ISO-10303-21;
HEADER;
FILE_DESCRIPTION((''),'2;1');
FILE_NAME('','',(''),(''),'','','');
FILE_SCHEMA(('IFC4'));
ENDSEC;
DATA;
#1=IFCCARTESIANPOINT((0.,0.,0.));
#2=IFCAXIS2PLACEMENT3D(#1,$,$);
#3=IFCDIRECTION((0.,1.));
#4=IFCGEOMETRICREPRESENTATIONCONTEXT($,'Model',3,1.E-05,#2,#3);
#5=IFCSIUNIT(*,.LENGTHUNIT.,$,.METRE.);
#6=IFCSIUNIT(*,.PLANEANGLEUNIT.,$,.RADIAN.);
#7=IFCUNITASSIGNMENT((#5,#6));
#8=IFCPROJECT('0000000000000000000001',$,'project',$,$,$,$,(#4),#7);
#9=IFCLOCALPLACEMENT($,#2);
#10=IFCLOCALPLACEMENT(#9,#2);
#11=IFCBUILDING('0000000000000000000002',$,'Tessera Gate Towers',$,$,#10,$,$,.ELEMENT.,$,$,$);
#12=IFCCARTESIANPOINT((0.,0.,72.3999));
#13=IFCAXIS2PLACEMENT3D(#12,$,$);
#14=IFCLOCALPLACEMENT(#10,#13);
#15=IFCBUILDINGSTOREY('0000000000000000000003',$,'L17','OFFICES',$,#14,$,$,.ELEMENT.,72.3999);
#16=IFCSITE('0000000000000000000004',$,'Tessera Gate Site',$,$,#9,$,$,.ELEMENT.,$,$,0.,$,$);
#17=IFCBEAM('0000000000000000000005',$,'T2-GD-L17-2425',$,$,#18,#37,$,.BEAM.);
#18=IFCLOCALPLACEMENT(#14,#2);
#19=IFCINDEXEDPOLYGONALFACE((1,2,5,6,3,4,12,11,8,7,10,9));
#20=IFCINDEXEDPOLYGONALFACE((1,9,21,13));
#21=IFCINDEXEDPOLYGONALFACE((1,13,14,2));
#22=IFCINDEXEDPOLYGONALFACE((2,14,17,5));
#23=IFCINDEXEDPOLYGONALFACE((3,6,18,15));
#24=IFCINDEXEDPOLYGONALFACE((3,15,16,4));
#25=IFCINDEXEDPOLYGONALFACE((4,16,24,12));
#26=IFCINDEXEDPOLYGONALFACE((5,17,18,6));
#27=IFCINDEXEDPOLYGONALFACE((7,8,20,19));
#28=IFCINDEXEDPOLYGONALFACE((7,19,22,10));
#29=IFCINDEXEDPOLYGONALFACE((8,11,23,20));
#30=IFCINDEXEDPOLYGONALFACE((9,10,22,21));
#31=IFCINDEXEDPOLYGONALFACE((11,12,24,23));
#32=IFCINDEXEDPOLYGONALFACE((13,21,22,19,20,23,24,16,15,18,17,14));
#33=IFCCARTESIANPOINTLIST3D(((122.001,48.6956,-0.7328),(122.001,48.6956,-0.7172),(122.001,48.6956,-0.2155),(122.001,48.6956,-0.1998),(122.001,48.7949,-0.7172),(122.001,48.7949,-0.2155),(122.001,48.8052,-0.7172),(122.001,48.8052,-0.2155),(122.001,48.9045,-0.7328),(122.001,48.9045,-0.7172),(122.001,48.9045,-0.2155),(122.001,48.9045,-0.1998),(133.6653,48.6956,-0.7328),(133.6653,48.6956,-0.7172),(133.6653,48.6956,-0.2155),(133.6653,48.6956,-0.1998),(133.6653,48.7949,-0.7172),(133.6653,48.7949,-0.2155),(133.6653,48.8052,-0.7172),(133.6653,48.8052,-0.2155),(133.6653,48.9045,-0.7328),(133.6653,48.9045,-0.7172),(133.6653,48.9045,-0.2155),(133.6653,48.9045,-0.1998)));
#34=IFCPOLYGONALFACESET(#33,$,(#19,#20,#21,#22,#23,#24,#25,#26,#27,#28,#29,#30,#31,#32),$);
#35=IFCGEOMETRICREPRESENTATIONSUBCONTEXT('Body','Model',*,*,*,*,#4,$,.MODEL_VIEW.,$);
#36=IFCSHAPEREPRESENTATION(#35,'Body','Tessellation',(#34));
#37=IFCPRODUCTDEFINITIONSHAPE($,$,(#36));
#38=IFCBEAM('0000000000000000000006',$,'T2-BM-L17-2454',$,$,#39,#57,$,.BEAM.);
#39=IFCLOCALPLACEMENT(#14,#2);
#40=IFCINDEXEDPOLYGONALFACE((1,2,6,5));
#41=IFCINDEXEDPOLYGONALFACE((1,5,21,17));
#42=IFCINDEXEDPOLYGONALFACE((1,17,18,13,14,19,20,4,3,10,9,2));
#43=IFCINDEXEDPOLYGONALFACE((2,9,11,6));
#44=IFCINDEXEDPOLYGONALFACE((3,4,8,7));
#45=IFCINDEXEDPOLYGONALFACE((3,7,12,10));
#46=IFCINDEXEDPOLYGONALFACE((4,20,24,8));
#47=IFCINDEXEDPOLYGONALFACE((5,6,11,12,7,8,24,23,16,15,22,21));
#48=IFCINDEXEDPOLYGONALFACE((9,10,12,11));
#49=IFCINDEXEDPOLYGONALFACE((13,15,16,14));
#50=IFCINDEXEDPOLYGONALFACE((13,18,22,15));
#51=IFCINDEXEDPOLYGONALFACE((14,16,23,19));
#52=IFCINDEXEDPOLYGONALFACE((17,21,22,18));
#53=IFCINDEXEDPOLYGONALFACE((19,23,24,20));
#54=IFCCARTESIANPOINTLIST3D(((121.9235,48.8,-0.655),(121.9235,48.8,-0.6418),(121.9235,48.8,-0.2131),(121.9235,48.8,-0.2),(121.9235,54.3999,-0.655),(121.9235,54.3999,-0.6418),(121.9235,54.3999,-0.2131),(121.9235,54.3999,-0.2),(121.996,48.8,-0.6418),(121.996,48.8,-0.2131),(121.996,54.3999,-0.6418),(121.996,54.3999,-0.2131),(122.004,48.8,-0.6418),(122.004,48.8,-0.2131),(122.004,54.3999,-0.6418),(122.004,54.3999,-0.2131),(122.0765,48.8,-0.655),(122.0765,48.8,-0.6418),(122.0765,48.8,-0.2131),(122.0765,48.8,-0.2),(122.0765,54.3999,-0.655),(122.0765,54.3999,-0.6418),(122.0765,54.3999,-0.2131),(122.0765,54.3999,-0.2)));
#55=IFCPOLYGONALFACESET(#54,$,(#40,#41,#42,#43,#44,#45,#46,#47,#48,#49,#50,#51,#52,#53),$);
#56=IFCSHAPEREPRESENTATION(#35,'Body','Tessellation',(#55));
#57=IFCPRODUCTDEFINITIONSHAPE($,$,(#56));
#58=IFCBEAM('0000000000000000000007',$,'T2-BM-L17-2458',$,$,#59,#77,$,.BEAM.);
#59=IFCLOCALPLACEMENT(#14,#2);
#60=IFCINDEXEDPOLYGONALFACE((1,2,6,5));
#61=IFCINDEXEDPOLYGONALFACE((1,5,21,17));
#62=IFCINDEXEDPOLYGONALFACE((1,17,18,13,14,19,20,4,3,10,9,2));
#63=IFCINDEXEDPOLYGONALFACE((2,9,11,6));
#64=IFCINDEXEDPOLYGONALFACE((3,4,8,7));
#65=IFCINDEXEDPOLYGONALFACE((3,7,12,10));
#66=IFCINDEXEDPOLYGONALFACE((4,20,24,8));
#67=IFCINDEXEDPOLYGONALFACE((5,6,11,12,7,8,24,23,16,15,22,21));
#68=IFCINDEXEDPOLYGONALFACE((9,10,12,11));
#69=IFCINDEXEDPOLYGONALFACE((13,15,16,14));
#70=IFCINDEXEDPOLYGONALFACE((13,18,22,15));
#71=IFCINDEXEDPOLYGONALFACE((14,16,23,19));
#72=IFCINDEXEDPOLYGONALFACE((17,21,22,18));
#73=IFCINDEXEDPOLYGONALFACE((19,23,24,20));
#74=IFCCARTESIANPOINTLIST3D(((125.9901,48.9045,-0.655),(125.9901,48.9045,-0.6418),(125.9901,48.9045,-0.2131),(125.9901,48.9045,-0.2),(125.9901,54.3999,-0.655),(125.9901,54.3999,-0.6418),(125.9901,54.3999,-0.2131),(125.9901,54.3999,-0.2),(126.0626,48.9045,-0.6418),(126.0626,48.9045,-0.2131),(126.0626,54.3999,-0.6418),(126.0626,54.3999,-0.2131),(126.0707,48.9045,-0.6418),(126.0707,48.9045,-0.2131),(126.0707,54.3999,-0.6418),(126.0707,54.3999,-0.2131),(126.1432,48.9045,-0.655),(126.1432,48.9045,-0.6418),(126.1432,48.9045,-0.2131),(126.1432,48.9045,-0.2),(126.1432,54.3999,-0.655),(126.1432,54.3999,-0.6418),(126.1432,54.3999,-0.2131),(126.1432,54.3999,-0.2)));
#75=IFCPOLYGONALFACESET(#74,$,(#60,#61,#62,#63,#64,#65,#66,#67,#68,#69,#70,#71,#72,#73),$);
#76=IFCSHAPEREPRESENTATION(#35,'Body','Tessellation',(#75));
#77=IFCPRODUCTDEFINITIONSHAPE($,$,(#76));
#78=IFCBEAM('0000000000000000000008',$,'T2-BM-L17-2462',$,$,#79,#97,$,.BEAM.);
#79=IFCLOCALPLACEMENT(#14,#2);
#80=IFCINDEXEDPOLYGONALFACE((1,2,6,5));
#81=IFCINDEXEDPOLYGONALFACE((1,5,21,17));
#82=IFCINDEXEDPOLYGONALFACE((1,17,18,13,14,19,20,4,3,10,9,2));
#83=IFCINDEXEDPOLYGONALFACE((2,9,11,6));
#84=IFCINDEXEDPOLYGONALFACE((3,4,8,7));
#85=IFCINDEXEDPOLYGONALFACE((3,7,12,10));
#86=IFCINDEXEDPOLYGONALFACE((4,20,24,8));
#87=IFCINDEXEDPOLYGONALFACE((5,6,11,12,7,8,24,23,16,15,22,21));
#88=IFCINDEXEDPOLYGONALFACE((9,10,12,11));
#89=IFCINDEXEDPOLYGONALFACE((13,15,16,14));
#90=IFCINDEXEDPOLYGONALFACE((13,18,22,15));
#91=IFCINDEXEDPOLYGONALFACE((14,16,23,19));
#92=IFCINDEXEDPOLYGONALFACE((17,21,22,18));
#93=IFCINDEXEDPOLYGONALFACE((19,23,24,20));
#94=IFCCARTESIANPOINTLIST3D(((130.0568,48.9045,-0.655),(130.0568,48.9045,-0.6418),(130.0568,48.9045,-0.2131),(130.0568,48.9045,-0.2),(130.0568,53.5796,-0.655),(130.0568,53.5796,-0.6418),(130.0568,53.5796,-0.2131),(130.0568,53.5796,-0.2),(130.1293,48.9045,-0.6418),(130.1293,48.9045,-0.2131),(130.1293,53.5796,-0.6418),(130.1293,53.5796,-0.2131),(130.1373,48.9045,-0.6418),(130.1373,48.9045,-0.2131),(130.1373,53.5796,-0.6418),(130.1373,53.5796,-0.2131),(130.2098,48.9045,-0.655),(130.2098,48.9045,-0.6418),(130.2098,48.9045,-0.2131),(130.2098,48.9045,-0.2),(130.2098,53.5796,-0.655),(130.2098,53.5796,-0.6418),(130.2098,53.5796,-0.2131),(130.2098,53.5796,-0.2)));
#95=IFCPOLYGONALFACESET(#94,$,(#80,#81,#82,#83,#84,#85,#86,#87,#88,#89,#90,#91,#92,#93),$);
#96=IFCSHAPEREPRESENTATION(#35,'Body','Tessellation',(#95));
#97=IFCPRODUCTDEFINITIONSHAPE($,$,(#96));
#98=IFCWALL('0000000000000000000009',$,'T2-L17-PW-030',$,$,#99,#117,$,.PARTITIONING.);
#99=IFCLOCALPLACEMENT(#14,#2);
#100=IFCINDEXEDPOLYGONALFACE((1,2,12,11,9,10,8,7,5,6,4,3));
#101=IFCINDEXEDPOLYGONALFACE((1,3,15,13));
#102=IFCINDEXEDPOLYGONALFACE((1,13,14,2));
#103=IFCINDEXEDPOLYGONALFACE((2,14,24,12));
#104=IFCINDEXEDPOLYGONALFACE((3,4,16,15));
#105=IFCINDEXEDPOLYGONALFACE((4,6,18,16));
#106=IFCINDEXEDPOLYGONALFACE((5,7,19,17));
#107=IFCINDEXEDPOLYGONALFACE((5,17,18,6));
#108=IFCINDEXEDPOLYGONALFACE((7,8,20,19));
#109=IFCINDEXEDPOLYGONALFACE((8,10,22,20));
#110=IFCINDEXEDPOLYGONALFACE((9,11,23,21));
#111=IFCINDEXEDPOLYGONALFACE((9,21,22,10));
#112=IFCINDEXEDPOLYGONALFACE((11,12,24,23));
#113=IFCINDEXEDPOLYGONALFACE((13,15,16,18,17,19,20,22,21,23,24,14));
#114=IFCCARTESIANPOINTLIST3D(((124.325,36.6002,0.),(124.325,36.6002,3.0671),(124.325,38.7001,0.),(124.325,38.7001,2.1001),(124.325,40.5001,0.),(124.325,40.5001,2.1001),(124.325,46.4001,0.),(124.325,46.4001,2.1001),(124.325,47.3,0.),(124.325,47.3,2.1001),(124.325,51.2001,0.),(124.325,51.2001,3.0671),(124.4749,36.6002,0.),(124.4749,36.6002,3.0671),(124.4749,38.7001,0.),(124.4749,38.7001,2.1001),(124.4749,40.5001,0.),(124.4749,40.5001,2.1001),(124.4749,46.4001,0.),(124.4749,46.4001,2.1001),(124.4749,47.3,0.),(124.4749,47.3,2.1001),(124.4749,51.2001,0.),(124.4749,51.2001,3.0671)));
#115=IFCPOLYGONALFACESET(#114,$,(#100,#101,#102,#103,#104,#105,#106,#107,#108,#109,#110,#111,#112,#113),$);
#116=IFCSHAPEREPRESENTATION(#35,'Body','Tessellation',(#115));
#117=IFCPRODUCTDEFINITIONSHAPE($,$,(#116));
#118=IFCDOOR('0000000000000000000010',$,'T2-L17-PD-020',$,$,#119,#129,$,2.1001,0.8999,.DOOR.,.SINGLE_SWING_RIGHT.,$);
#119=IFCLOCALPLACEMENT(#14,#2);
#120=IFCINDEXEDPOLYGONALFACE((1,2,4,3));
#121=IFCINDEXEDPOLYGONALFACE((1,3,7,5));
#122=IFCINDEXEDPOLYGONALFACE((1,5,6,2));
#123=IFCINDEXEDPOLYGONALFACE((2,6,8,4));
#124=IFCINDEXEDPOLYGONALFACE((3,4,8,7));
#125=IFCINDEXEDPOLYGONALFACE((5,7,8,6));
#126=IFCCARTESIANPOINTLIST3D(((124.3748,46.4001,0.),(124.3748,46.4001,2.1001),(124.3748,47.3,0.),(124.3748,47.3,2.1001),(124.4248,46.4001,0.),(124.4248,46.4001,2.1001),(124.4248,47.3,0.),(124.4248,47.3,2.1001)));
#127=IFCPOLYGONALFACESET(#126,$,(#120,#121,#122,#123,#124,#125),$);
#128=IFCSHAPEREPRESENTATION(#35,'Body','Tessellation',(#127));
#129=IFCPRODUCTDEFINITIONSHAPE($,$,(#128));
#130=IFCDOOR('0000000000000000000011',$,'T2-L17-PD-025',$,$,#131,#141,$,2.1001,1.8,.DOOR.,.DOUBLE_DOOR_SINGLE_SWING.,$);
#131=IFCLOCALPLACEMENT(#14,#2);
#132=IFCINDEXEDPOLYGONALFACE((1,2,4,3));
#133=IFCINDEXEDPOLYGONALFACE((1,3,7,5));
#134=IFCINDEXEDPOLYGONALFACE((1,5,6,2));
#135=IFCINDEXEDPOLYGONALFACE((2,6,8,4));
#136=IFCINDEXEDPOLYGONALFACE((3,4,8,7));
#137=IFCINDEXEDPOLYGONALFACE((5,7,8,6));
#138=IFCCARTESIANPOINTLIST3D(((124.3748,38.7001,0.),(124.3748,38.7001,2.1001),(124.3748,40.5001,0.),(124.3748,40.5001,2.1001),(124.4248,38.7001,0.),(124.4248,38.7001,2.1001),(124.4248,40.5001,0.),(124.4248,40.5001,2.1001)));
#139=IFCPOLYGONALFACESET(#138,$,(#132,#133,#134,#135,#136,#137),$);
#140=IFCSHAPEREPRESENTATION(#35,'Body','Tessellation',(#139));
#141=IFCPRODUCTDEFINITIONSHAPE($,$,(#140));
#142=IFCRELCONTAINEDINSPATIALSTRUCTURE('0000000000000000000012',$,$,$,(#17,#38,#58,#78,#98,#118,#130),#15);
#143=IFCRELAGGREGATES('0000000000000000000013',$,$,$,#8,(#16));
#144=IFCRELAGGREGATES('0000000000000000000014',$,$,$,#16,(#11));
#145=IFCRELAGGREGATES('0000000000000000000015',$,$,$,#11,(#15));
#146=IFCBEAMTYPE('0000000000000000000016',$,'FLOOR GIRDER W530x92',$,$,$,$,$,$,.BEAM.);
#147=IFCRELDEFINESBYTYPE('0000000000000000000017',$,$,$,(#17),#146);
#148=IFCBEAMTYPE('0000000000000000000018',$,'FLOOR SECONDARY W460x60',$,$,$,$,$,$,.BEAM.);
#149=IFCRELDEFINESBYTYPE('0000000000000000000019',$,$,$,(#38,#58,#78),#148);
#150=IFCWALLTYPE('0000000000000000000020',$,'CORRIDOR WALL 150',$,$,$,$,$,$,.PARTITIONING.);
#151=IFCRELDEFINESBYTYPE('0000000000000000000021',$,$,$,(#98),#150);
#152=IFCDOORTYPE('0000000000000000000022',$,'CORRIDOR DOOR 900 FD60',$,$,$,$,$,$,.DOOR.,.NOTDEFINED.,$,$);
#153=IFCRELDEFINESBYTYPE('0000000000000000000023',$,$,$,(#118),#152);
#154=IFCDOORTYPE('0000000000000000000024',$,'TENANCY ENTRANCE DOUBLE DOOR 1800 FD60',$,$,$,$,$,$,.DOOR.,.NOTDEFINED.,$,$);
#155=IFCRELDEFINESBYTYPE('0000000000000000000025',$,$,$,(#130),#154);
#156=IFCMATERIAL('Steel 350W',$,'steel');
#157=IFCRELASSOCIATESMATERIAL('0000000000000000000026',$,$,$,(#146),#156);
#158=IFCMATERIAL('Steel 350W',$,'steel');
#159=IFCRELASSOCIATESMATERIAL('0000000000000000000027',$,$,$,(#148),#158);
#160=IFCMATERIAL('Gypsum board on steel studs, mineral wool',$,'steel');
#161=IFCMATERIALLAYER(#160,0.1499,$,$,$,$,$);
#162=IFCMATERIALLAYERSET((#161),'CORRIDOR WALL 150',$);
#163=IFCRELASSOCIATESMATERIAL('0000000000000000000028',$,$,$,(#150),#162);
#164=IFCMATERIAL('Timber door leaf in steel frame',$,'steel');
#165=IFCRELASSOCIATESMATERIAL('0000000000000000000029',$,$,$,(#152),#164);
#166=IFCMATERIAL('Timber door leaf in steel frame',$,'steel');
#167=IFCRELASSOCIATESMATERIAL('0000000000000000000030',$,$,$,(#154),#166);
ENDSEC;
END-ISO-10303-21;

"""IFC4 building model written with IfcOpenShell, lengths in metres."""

from ifc_helpers import new_model, si_unit, direction, frame, frame_2d, origin, origin_2d, place, context, subcontext, project, spatial, rectangle, i_section, extrude, source, transform, mapped, material, layer, layer_set, material_profile, profile_set, type_object, element, fill, save


model = new_model("IFC4")

# Units and contexts
model_context = context("Model", 3, precision=1e-05, world=origin(), true_north=direction((0.0, 1.0)))
body_context = subcontext(model_context, "Body", "Model", "MODEL_VIEW")
ifc_project = project(units=[si_unit("LENGTHUNIT", "METRE"), si_unit("PLANEANGLEUNIT", "RADIAN")], contexts=[model_context])

# Site, building, storey
site_placement = place(None, origin())
site = spatial("IfcSite", under=ifc_project, at=site_placement, Name="Tessera Gate Site", CompositionType="ELEMENT", RefElevation=0.0)
building_placement = place(site_placement, origin())
building = spatial("IfcBuilding", under=site, at=building_placement, Name="Tessera Gate Towers", CompositionType="ELEMENT")
storey_placement = place(building_placement, frame((0.0, 0.0, 72.3999)))
storey = spatial("IfcBuildingStorey", under=building, at=storey_placement, Name="L17", Description="OFFICES", CompositionType="ELEMENT", Elevation=72.3999)

# Beams
ifc_material_1 = material(Name="Steel 350W", Category="steel")
ifc_material_profile_1 = material_profile(ifc_material_1, i_section(OverallWidth=0.209, OverallDepth=0.533, WebThickness=0.0103, FlangeThickness=0.0156, at=origin_2d()), Name="W530x92")
ifc_profile_set_1 = profile_set([ifc_material_profile_1], Name="Steel 350W")
beam_type_1 = type_object("IfcBeamType", Name="FLOOR GIRDER W530x92", PredefinedType="BEAM", material=ifc_profile_set_1)
beam_1_placement = place(storey_placement, frame((122.001, 48.8, -0.4663), z_axis=(1.0, 0.0, 0.0), x_axis=(0.0, 1.0, 0.0)))
element("IfcBeam", 1, at=beam_1_placement, inside=storey, type_object=beam_type_1, Name="T2-GD-L17-2425", PredefinedType="BEAM", context=body_context, shape_type="SweptSolid", body=[
    extrude(i_section(OverallWidth=0.209, OverallDepth=0.533, WebThickness=0.0103, FlangeThickness=0.0156, at=origin_2d()), origin(), (0.0, 0.0, 1.0), 11.6643),
])
ifc_material_2 = material(Name="Steel 350W", Category="steel")
ifc_material_profile_2 = material_profile(ifc_material_2, i_section(OverallWidth=0.1531, OverallDepth=0.4551, WebThickness=0.0081, FlangeThickness=0.0132, at=origin_2d()), Name="W460x60")
ifc_profile_set_2 = profile_set([ifc_material_profile_2], Name="Steel 350W")
beam_type_2 = type_object("IfcBeamType", Name="FLOOR SECONDARY W460x60", PredefinedType="BEAM", material=ifc_profile_set_2)
beam_2_placement = place(storey_placement, frame((122.0, 48.8, -0.4275), z_axis=(0.0, 1.0, 0.0), x_axis=(-1.0, 0.0, 0.0)))
element("IfcBeam", 2, at=beam_2_placement, inside=storey, type_object=beam_type_2, Name="T2-BM-L17-2454", PredefinedType="BEAM", context=body_context, shape_type="SweptSolid", body=[
    extrude(i_section(OverallWidth=0.1531, OverallDepth=0.4551, WebThickness=0.0081, FlangeThickness=0.0132, at=origin_2d()), origin(), (0.0, 0.0, 1.0), 5.5999),
])
beam_3_placement = place(storey_placement, frame((126.0667, 48.9045, -0.4275), z_axis=(0.0, 1.0, 0.0), x_axis=(-1.0, 0.0, 0.0)))
element("IfcBeam", 3, at=beam_3_placement, inside=storey, type_object=beam_type_2, Name="T2-BM-L17-2458", PredefinedType="BEAM", context=body_context, shape_type="SweptSolid", body=[
    extrude(i_section(OverallWidth=0.1531, OverallDepth=0.4551, WebThickness=0.0081, FlangeThickness=0.0132, at=origin_2d()), origin(), (0.0, 0.0, 1.0), 5.4954),
])
beam_4_placement = place(storey_placement, frame((130.1333, 48.9045, -0.4275), z_axis=(0.0, 1.0, 0.0), x_axis=(-1.0, 0.0, 0.0)))
element("IfcBeam", 4, at=beam_4_placement, inside=storey, type_object=beam_type_2, Name="T2-BM-L17-2462", PredefinedType="BEAM", context=body_context, shape_type="SweptSolid", body=[
    extrude(i_section(OverallWidth=0.1531, OverallDepth=0.4551, WebThickness=0.0081, FlangeThickness=0.0132, at=origin_2d()), origin(), (0.0, 0.0, 1.0), 4.675),
])

# Wall, openings, doors
ifc_material_3 = material(Name="Gypsum board on steel studs, mineral wool", Category="steel")
ifc_layer_1 = layer(ifc_material_3, 0.1499)
ifc_layer_set_1 = layer_set([ifc_layer_1], Name="CORRIDOR WALL 150")
wall_type_1 = type_object("IfcWallType", Name="CORRIDOR WALL 150", PredefinedType="PARTITIONING", material=ifc_layer_set_1)
wall_1_placement = place(storey_placement, frame((124.3999, 51.2, 0.0), z_axis=(0.0, 0.0, 1.0), x_axis=(0.0, -1.0, 0.0)))
wall_1 = element("IfcWall", 5, at=wall_1_placement, inside=storey, type_object=wall_type_1, Name="T2-L17-PW-030", PredefinedType="PARTITIONING", context=body_context, shape_type="SweptSolid", body=[
    extrude(rectangle(XDim=14.5999, YDim=0.1499, at=frame_2d((7.2998, 0.0))), origin(), (0.0, 0.0, 1.0), 3.0671),
])
shared_shape_1 = source(origin(), body_context, "Body", "SweptSolid", [
    extrude(rectangle(XDim=0.8999, YDim=2.1001, at=frame_2d((0.45, 1.05))), frame((0.0, 0.085, 0.0), z_axis=(0.0, -1.0, 0.0), x_axis=(1.0, 0.0, 0.0)), (0.0, 0.0, 1.0), 0.1699),
])
opening_1_placement = place(wall_1_placement, frame((3.8999, 0.0, 0.0)))
opening_1 = element("IfcOpeningElement", 6, at=opening_1_placement, cuts=wall_1, PredefinedType="OPENING", context=body_context, shape_type="MappedRepresentation", body=[
    mapped(shared_shape_1, transform((0.0, 0.0, 0.0), scale=1.0)),
])
shared_shape_2 = source(origin(), body_context, "Body", "SweptSolid", [
    extrude(rectangle(XDim=1.8, YDim=2.1001, at=frame_2d((0.8999, 1.05))), frame((0.0, 0.085, 0.0), z_axis=(0.0, -1.0, 0.0), x_axis=(1.0, 0.0, 0.0)), (0.0, 0.0, 1.0), 0.1699),
])
opening_2_placement = place(wall_1_placement, frame((10.7, 0.0, 0.0)))
opening_2 = element("IfcOpeningElement", 7, at=opening_2_placement, cuts=wall_1, PredefinedType="OPENING", context=body_context, shape_type="MappedRepresentation", body=[
    mapped(shared_shape_2, transform((0.0, 0.0, 0.0), scale=1.0)),
])
ifc_material_4 = material(Name="Timber door leaf in steel frame", Category="steel")
door_type_1 = type_object("IfcDoorType", Name="CORRIDOR DOOR 900 FD60", OperationType="NOTDEFINED", PredefinedType="DOOR", material=ifc_material_4)
shared_shape_3 = source(origin(), body_context, "Body", "SweptSolid", [
    extrude(rectangle(XDim=0.8999, YDim=2.1001, at=frame_2d((0.45, 1.05))), frame((0.0, 0.0249, 0.0), z_axis=(0.0, -1.0, 0.0), x_axis=(1.0, 0.0, 0.0)), (0.0, 0.0, 1.0), 0.05),
])
door_1_placement = place(opening_1_placement, origin())
door_1 = element("IfcDoor", 8, at=door_1_placement, inside=storey, type_object=door_type_1, Name="T2-L17-PD-020", OperationType="SINGLE_SWING_RIGHT", OverallHeight=2.1001, OverallWidth=0.8999, PredefinedType="DOOR", context=body_context, shape_type="MappedRepresentation", body=[
    mapped(shared_shape_3, transform((0.0, 0.0, 0.0), scale=1.0)),
])
fill(opening_1, door_1)
ifc_material_5 = material(Name="Timber door leaf in steel frame", Category="steel")
door_type_2 = type_object("IfcDoorType", Name="TENANCY ENTRANCE DOUBLE DOOR 1800 FD60", OperationType="NOTDEFINED", PredefinedType="DOOR", material=ifc_material_5)
shared_shape_4 = source(origin(), body_context, "Body", "SweptSolid", [
    extrude(rectangle(XDim=1.8, YDim=2.1001, at=frame_2d((0.8999, 1.05))), frame((0.0, 0.0249, 0.0), z_axis=(0.0, -1.0, 0.0), x_axis=(1.0, 0.0, 0.0)), (0.0, 0.0, 1.0), 0.05),
])
door_2_placement = place(opening_2_placement, origin())
door_2 = element("IfcDoor", 9, at=door_2_placement, inside=storey, type_object=door_type_2, Name="T2-L17-PD-025", OperationType="DOUBLE_DOOR_SINGLE_SWING", OverallHeight=2.1001, OverallWidth=1.8, PredefinedType="DOOR", context=body_context, shape_type="MappedRepresentation", body=[
    mapped(shared_shape_4, transform((0.0, 0.0, 0.0), scale=1.0)),
])
fill(opening_2, door_2)

save(model, "model.ifc")
